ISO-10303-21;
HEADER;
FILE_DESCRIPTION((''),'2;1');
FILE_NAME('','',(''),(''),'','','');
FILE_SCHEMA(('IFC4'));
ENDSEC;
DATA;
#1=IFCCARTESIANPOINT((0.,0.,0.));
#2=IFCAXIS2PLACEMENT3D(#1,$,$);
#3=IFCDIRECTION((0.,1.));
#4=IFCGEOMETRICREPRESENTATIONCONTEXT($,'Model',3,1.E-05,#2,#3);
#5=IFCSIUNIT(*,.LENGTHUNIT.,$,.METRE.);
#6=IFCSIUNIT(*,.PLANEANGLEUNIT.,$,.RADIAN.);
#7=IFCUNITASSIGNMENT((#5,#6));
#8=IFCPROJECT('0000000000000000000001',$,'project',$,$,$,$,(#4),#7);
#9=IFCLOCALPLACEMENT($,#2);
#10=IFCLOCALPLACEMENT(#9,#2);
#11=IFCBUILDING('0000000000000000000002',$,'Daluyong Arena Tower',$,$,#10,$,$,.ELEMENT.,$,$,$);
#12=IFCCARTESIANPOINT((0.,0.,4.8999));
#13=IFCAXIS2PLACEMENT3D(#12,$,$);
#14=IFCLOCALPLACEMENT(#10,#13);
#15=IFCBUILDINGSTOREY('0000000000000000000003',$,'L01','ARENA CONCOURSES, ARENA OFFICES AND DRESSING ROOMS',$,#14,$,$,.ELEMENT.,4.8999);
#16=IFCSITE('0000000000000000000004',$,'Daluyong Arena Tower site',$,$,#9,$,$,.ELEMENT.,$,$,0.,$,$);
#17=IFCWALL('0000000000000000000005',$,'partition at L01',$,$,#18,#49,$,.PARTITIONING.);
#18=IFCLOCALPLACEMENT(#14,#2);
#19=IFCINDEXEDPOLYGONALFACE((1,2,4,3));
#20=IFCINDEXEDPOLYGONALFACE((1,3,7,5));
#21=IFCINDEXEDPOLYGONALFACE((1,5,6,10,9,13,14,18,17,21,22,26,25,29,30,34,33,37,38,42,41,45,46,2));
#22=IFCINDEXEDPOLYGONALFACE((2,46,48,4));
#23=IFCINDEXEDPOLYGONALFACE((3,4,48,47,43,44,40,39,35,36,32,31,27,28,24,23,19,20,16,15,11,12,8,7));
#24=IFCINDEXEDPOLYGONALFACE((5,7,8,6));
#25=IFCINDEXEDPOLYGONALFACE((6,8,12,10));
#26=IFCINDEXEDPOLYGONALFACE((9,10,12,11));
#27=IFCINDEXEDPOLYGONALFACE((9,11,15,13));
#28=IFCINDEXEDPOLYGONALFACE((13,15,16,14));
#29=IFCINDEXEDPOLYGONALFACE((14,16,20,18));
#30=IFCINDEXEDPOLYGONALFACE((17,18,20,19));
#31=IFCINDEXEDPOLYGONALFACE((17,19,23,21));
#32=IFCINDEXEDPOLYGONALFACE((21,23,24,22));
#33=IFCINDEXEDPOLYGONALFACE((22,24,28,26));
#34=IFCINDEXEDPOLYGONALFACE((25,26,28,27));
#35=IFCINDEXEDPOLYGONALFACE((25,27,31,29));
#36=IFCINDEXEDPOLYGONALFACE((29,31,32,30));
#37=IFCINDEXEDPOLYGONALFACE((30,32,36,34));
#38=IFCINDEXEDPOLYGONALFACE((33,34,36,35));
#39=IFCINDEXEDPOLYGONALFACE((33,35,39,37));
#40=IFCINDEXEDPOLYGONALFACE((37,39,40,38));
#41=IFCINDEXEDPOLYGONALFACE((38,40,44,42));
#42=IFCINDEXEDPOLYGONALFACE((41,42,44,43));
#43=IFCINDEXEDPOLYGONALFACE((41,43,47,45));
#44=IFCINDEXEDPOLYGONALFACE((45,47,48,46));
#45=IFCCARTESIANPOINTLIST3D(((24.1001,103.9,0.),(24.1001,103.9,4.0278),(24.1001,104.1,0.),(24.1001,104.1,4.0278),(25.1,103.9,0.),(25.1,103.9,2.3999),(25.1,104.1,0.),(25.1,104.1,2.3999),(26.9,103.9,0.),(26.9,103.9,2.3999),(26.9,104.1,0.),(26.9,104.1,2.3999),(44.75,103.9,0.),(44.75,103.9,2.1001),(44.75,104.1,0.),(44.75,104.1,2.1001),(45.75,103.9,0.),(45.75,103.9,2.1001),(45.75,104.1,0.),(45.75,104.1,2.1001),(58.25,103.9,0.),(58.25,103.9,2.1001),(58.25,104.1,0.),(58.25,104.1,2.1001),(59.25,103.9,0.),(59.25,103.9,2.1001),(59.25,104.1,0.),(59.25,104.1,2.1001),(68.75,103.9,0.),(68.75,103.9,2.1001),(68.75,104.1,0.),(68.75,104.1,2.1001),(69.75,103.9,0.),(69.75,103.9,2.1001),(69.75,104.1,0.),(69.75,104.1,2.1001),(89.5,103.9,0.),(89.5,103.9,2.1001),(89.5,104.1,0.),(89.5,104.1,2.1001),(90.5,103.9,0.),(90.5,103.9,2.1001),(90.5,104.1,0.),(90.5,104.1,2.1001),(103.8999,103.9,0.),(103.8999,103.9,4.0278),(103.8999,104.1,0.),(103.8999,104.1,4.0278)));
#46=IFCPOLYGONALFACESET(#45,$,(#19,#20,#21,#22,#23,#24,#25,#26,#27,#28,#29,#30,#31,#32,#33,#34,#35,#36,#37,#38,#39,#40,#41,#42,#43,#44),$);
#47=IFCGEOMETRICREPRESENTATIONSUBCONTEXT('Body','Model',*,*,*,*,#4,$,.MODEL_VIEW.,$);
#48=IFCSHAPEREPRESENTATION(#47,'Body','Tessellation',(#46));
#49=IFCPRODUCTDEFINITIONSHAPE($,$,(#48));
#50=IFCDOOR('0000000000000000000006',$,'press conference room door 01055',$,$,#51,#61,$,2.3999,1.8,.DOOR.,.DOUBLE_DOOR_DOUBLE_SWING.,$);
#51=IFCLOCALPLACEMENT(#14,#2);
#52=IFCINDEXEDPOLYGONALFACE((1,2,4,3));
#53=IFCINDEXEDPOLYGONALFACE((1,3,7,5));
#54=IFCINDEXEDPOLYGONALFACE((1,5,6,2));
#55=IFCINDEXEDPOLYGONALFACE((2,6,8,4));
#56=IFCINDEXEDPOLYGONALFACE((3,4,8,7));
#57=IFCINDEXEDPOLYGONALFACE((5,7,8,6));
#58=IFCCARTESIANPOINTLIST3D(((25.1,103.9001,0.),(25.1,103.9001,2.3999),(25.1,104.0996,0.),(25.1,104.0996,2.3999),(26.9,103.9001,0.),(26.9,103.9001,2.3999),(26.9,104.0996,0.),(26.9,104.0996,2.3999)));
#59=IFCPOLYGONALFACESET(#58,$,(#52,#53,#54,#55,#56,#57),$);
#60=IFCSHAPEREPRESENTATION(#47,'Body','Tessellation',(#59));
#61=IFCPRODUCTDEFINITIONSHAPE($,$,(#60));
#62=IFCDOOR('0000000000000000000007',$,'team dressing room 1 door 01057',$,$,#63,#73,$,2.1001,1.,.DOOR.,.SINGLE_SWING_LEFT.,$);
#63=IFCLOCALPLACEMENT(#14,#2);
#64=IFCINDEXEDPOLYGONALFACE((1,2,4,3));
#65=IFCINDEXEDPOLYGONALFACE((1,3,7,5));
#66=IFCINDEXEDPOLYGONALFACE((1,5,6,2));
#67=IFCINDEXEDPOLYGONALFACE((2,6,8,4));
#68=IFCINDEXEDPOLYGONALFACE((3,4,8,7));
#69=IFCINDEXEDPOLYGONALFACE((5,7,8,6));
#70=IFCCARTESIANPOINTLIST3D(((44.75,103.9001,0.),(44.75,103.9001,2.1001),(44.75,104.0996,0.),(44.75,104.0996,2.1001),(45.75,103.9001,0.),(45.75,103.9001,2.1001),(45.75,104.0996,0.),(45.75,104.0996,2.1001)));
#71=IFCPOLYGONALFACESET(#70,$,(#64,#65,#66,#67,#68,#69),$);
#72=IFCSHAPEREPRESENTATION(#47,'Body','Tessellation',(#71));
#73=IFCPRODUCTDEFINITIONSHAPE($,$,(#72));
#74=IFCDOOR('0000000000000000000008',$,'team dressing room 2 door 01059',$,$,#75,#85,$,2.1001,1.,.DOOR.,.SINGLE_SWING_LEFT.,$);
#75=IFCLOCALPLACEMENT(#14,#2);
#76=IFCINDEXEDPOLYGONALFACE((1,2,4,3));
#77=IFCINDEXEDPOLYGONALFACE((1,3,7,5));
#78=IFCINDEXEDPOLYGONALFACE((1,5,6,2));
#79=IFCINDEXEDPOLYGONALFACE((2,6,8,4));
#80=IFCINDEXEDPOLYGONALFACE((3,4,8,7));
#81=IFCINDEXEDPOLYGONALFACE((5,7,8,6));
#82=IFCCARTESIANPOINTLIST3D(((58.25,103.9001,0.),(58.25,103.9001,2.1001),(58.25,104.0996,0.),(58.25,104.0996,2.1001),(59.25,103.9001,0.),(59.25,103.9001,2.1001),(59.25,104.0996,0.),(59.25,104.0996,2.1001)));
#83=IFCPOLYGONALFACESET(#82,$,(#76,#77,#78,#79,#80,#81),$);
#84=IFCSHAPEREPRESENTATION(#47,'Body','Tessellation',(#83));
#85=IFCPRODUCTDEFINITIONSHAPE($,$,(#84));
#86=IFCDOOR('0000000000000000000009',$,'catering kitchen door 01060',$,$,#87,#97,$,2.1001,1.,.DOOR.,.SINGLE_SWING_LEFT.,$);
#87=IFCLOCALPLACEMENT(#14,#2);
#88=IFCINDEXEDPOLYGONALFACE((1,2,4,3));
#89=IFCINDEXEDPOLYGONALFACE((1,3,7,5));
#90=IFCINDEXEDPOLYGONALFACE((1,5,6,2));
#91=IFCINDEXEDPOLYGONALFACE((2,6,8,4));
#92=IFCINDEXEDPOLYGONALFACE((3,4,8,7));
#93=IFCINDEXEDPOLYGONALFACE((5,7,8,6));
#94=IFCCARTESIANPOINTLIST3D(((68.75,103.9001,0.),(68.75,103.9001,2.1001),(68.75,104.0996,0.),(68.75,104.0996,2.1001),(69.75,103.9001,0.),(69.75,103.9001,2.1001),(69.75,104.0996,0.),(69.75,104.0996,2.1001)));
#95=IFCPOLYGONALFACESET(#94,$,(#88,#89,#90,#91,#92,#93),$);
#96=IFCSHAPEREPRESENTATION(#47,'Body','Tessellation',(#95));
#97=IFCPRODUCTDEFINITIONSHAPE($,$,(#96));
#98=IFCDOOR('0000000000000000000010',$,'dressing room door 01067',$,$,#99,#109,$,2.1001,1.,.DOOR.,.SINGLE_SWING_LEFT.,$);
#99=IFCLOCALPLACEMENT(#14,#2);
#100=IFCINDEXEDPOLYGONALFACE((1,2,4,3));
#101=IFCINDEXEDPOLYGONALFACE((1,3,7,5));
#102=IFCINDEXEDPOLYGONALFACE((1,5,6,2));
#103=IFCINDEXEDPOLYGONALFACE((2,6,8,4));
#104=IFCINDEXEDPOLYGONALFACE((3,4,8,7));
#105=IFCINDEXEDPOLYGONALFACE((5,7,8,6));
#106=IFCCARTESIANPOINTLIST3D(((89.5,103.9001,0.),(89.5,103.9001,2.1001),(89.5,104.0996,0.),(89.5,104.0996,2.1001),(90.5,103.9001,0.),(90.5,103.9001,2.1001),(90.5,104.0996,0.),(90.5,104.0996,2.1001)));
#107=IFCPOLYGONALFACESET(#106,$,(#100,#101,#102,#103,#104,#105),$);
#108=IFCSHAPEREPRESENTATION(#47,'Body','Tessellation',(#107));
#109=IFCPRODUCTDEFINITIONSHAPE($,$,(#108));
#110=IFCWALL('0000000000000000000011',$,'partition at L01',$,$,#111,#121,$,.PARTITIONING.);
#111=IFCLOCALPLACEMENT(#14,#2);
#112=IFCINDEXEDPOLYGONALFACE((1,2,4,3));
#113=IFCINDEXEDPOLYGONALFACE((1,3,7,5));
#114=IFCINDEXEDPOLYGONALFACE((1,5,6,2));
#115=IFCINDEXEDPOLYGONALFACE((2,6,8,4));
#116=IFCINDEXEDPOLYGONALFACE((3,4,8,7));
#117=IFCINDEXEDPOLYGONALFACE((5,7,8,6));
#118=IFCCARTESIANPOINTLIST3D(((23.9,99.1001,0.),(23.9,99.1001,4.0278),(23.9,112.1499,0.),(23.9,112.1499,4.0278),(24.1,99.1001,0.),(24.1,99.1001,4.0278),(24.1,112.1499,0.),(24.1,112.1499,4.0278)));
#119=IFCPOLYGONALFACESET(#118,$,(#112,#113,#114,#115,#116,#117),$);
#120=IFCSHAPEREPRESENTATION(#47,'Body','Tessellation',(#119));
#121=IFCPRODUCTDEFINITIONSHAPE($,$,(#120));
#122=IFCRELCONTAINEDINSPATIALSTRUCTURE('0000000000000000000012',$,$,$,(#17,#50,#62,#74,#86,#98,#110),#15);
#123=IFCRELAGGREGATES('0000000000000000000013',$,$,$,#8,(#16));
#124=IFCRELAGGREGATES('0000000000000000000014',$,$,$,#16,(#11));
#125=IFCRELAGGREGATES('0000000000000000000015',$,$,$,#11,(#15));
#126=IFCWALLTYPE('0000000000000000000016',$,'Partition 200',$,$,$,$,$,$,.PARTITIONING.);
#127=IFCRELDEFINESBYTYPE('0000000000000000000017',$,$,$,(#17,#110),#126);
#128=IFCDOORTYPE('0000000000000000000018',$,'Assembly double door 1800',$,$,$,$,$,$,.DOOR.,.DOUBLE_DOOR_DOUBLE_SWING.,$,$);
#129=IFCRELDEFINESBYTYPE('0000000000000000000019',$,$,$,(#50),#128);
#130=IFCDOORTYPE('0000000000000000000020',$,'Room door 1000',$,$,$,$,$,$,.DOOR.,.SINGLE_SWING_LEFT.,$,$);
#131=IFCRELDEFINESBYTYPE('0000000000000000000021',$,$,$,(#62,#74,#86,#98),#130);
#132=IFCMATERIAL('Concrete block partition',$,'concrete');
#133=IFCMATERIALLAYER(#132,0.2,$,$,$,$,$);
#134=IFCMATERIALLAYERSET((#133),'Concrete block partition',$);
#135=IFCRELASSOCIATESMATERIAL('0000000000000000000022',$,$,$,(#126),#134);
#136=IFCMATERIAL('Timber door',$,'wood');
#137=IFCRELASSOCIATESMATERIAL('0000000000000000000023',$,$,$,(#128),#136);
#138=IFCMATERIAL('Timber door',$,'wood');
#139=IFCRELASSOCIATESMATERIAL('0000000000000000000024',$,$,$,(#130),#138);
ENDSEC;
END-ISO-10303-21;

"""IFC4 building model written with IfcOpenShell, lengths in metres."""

from ifc_helpers import new_model, si_unit, direction, frame, frame_2d, origin, place, context, subcontext, project, spatial, rectangle, extrude, material, layer, layer_set, type_object, element, fill, save


model = new_model("IFC4")

# Units and contexts
model_context = context("Model", 3, precision=1e-05, world=origin(), true_north=direction((0.0, 1.0)))
body_context = subcontext(model_context, "Body", "Model", "MODEL_VIEW")
ifc_project = project(units=[si_unit("LENGTHUNIT", "METRE"), si_unit("PLANEANGLEUNIT", "RADIAN")], contexts=[model_context])

# Site, building, storey
site_placement = place(None, origin())
site = spatial("IfcSite", under=ifc_project, at=site_placement, Name="Daluyong Arena Tower site", CompositionType="ELEMENT", RefElevation=0.0)
building_placement = place(site_placement, origin())
building = spatial("IfcBuilding", under=site, at=building_placement, Name="Daluyong Arena Tower", CompositionType="ELEMENT")
storey_placement = place(building_placement, frame((0.0, 0.0, 4.8999)))
storey = spatial("IfcBuildingStorey", under=building, at=storey_placement, Name="L01", Description="ARENA CONCOURSES, ARENA OFFICES AND DRESSING ROOMS", CompositionType="ELEMENT", Elevation=4.8999)

# Wall, openings, doors
ifc_material_1 = material(Name="Concrete block partition", Category="concrete")
ifc_layer = layer(ifc_material_1, 0.2)
ifc_layer_set = layer_set([ifc_layer], Name="Concrete block partition")
wall_type = type_object("IfcWallType", Name="Partition 200", PredefinedType="PARTITIONING", material=ifc_layer_set)
wall_1_placement = place(storey_placement, frame((24.1001, 104.0, 0.0), z_axis=(0.0, 0.0, 1.0), x_axis=(1.0, 0.0, 0.0)))
wall_1 = element("IfcWall", 1, at=wall_1_placement, inside=storey, type_object=wall_type, Name="partition at L01", PredefinedType="PARTITIONING", context=body_context, shape_type="SweptSolid", body=[
    extrude(rectangle(XDim=79.7998, YDim=0.2, at=frame_2d((39.8999, 0.0))), origin(), (0.0, 0.0, 1.0), 4.0278),
])
opening_1_placement = place(wall_1_placement, frame((1.0, 0.0, 0.0)))
opening_1 = element("IfcOpeningElement", 2, at=opening_1_placement, cuts=wall_1, PredefinedType="OPENING", context=body_context, shape_type="SweptSolid", body=[
    extrude(rectangle(XDim=1.8, YDim=2.3999, at=frame_2d((0.8999, 1.2))), frame((0.0, 0.1099, 0.0), z_axis=(0.0, -1.0, 0.0), x_axis=(1.0, 0.0, 0.0)), (0.0, 0.0, 1.0), 0.22),
])
opening_2_placement = place(wall_1_placement, frame((20.6499, 0.0, 0.0)))
opening_2 = element("IfcOpeningElement", 3, at=opening_2_placement, cuts=wall_1, PredefinedType="OPENING", context=body_context, shape_type="SweptSolid", body=[
    extrude(rectangle(XDim=1.0, YDim=2.1001, at=frame_2d((0.5, 1.05))), frame((0.0, 0.1099, 0.0), z_axis=(0.0, -1.0, 0.0), x_axis=(1.0, 0.0, 0.0)), (0.0, 0.0, 1.0), 0.22),
])
opening_3_placement = place(wall_1_placement, frame((34.1499, 0.0, 0.0)))
opening_3 = element("IfcOpeningElement", 4, at=opening_3_placement, cuts=wall_1, PredefinedType="OPENING", context=body_context, shape_type="SweptSolid", body=[
    extrude(rectangle(XDim=1.0, YDim=2.1001, at=frame_2d((0.5, 1.05))), frame((0.0, 0.1099, 0.0), z_axis=(0.0, -1.0, 0.0), x_axis=(1.0, 0.0, 0.0)), (0.0, 0.0, 1.0), 0.22),
])
opening_4_placement = place(wall_1_placement, frame((44.6499, 0.0, 0.0)))
opening_4 = element("IfcOpeningElement", 5, at=opening_4_placement, cuts=wall_1, PredefinedType="OPENING", context=body_context, shape_type="SweptSolid", body=[
    extrude(rectangle(XDim=1.0, YDim=2.1001, at=frame_2d((0.5, 1.05))), frame((0.0, 0.1099, 0.0), z_axis=(0.0, -1.0, 0.0), x_axis=(1.0, 0.0, 0.0)), (0.0, 0.0, 1.0), 0.22),
])
opening_5_placement = place(wall_1_placement, frame((65.3999, 0.0, 0.0)))
opening_5 = element("IfcOpeningElement", 6, at=opening_5_placement, cuts=wall_1, PredefinedType="OPENING", context=body_context, shape_type="SweptSolid", body=[
    extrude(rectangle(XDim=1.0, YDim=2.1001, at=frame_2d((0.5, 1.05))), frame((0.0, 0.1099, 0.0), z_axis=(0.0, -1.0, 0.0), x_axis=(1.0, 0.0, 0.0)), (0.0, 0.0, 1.0), 0.22),
])
ifc_material_2 = material(Name="Timber door", Category="wood")
door_type_1 = type_object("IfcDoorType", Name="Assembly double door 1800", OperationType="DOUBLE_DOOR_DOUBLE_SWING", PredefinedType="DOOR", material=ifc_material_2)
door_1_placement = place(opening_1_placement, origin())
door_1 = element("IfcDoor", 7, at=door_1_placement, inside=storey, type_object=door_type_1, Name="press conference room door 01055", OperationType="DOUBLE_DOOR_DOUBLE_SWING", OverallHeight=2.3999, OverallWidth=1.8, PredefinedType="DOOR", context=body_context, shape_type="SweptSolid", body=[
    extrude(rectangle(XDim=1.8, YDim=2.3999, at=frame_2d((0.8999, 1.2))), frame((0.0, 0.0996, 0.0), z_axis=(0.0, -1.0, 0.0), x_axis=(1.0, 0.0, 0.0)), (0.0, 0.0, 1.0), 0.1995),
])
fill(opening_1, door_1)
ifc_material_3 = material(Name="Timber door", Category="wood")
door_type_2 = type_object("IfcDoorType", Name="Room door 1000", OperationType="SINGLE_SWING_LEFT", PredefinedType="DOOR", material=ifc_material_3)
door_2_placement = place(opening_2_placement, origin())
door_2 = element("IfcDoor", 8, at=door_2_placement, inside=storey, type_object=door_type_2, Name="team dressing room 1 door 01057", OperationType="SINGLE_SWING_LEFT", OverallHeight=2.1001, OverallWidth=1.0, PredefinedType="DOOR", context=body_context, shape_type="SweptSolid", body=[
    extrude(rectangle(XDim=1.0, YDim=2.1001, at=frame_2d((0.5, 1.05))), frame((0.0, 0.0996, 0.0), z_axis=(0.0, -1.0, 0.0), x_axis=(1.0, 0.0, 0.0)), (0.0, 0.0, 1.0), 0.1995),
])
fill(opening_2, door_2)
door_3_placement = place(opening_3_placement, origin())
door_3 = element("IfcDoor", 9, at=door_3_placement, inside=storey, type_object=door_type_2, Name="team dressing room 2 door 01059", OperationType="SINGLE_SWING_LEFT", OverallHeight=2.1001, OverallWidth=1.0, PredefinedType="DOOR", context=body_context, shape_type="SweptSolid", body=[
    extrude(rectangle(XDim=1.0, YDim=2.1001, at=frame_2d((0.5, 1.05))), frame((0.0, 0.0996, 0.0), z_axis=(0.0, -1.0, 0.0), x_axis=(1.0, 0.0, 0.0)), (0.0, 0.0, 1.0), 0.1995),
])
fill(opening_3, door_3)
door_4_placement = place(opening_4_placement, origin())
door_4 = element("IfcDoor", 10, at=door_4_placement, inside=storey, type_object=door_type_2, Name="catering kitchen door 01060", OperationType="SINGLE_SWING_LEFT", OverallHeight=2.1001, OverallWidth=1.0, PredefinedType="DOOR", context=body_context, shape_type="SweptSolid", body=[
    extrude(rectangle(XDim=1.0, YDim=2.1001, at=frame_2d((0.5, 1.05))), frame((0.0, 0.0996, 0.0), z_axis=(0.0, -1.0, 0.0), x_axis=(1.0, 0.0, 0.0)), (0.0, 0.0, 1.0), 0.1995),
])
fill(opening_4, door_4)
door_5_placement = place(opening_5_placement, origin())
door_5 = element("IfcDoor", 11, at=door_5_placement, inside=storey, type_object=door_type_2, Name="dressing room door 01067", OperationType="SINGLE_SWING_LEFT", OverallHeight=2.1001, OverallWidth=1.0, PredefinedType="DOOR", context=body_context, shape_type="SweptSolid", body=[
    extrude(rectangle(XDim=1.0, YDim=2.1001, at=frame_2d((0.5, 1.05))), frame((0.0, 0.0996, 0.0), z_axis=(0.0, -1.0, 0.0), x_axis=(1.0, 0.0, 0.0)), (0.0, 0.0, 1.0), 0.1995),
])
fill(opening_5, door_5)

# Wall
wall_2_placement = place(storey_placement, frame((24.0, 99.1001, 0.0), z_axis=(0.0, 0.0, 1.0), x_axis=(0.0, 1.0, 0.0)))
element("IfcWall", 12, at=wall_2_placement, inside=storey, type_object=wall_type, Name="partition at L01", PredefinedType="PARTITIONING", context=body_context, shape_type="SweptSolid", body=[
    extrude(rectangle(XDim=13.0498, YDim=0.2, at=frame_2d((6.5249, 0.0))), origin(), (0.0, 0.0, 1.0), 4.0278),
])

save(model, "model.ifc")
